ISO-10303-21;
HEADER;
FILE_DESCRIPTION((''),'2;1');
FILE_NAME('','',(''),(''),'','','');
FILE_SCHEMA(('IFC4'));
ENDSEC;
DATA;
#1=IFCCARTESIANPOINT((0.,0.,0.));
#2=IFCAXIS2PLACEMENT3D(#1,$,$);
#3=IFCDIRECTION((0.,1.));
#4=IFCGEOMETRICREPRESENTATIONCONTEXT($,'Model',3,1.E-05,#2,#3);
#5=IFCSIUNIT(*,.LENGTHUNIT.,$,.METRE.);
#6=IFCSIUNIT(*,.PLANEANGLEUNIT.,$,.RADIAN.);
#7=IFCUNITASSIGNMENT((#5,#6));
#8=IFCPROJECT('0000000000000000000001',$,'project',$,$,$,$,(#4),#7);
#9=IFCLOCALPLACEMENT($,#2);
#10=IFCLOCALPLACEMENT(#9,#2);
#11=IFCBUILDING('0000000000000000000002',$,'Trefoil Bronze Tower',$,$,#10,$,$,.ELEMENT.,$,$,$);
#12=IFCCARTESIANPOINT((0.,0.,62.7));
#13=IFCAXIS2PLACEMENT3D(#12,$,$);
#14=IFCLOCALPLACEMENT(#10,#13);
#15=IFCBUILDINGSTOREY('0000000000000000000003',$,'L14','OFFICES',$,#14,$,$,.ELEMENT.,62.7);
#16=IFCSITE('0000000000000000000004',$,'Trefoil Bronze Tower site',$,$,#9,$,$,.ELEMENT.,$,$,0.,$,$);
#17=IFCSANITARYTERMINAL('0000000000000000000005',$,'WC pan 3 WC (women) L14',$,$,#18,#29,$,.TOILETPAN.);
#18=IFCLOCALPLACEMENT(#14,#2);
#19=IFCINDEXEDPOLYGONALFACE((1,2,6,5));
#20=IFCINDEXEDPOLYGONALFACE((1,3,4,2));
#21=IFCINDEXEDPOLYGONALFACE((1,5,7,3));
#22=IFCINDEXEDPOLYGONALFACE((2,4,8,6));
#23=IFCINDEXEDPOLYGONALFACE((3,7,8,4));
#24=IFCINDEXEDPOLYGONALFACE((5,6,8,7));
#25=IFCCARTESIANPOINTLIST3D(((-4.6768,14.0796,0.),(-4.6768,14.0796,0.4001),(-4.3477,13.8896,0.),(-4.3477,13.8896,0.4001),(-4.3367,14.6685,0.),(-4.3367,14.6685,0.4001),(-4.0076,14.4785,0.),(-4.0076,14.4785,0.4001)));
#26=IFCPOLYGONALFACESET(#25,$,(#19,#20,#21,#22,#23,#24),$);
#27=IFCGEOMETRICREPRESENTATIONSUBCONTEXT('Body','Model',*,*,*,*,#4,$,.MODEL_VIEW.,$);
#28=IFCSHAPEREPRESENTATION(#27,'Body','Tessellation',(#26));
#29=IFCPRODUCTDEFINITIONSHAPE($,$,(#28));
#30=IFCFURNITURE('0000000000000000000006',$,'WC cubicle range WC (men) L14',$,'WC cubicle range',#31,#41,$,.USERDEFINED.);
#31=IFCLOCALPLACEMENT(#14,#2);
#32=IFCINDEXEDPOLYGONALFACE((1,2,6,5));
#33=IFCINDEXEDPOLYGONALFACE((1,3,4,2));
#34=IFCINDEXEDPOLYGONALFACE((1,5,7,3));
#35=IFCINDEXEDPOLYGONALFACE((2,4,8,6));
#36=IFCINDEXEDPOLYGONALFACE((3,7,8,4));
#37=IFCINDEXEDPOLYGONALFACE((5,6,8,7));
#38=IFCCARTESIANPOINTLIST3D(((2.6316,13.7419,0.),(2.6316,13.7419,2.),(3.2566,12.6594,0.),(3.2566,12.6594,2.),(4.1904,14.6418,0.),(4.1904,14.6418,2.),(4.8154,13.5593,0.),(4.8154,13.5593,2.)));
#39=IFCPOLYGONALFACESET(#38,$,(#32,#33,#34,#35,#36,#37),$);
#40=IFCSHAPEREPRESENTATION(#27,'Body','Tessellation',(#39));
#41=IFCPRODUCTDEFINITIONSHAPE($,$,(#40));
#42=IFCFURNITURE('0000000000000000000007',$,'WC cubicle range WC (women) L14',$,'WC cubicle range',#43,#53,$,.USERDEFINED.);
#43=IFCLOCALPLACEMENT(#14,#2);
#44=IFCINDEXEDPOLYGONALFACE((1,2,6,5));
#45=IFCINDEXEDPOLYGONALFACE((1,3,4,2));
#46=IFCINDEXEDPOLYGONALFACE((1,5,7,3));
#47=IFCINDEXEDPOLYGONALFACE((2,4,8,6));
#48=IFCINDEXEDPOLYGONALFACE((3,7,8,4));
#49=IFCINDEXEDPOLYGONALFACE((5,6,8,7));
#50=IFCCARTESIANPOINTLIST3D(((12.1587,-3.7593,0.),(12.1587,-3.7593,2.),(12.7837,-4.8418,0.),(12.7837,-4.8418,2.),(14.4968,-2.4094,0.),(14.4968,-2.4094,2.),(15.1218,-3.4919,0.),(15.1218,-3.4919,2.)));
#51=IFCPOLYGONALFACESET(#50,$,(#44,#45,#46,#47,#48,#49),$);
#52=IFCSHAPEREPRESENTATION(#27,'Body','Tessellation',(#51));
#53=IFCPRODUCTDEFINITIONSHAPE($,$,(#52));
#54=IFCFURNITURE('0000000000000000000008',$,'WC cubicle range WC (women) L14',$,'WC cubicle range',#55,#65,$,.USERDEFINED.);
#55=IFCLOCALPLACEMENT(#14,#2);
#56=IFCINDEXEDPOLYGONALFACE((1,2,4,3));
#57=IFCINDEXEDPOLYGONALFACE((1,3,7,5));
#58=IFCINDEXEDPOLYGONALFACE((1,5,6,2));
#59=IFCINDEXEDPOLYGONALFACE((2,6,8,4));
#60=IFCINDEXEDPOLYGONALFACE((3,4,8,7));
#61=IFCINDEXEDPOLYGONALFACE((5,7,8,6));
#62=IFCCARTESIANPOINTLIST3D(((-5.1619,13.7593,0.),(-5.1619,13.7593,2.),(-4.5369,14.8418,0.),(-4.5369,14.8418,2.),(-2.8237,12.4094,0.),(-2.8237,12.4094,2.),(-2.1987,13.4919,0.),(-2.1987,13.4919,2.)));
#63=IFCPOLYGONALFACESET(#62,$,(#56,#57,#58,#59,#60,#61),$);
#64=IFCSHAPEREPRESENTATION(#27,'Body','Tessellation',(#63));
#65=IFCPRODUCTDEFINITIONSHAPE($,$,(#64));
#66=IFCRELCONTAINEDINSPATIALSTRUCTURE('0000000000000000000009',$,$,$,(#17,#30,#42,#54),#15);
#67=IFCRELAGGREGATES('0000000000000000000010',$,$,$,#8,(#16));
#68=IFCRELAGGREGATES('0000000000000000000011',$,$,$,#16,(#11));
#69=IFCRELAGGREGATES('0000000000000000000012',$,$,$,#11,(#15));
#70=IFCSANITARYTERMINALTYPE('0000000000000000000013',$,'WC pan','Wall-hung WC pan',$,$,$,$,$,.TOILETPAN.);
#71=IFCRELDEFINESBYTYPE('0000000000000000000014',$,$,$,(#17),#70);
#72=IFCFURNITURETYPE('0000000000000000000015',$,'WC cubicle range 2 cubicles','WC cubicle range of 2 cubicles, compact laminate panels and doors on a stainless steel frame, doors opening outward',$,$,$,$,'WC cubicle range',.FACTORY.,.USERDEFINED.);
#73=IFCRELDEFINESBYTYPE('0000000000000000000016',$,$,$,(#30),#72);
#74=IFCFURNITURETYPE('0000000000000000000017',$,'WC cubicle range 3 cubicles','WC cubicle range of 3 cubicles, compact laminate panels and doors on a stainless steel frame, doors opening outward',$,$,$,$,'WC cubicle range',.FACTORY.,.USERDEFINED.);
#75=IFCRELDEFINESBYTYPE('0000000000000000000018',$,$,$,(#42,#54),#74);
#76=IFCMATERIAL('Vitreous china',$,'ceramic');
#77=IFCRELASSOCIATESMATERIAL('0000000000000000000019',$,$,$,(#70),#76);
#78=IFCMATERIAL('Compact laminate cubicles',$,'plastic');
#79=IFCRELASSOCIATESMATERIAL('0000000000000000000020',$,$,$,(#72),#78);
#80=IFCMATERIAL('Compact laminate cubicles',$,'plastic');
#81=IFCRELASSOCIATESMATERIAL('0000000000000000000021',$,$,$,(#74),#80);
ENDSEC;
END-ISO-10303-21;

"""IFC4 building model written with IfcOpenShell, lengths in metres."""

from ifc_helpers import new_model, si_unit, direction, frame, origin, place, context, subcontext, project, spatial, polyline, outline, extrude, material, type_object, element, save


model = new_model("IFC4")

# Units and contexts
model_context = context("Model", 3, precision=1e-05, world=origin(), true_north=direction((0.0, 1.0)))
body_context = subcontext(model_context, "Body", "Model", "MODEL_VIEW")
ifc_project = project(units=[si_unit("LENGTHUNIT", "METRE"), si_unit("PLANEANGLEUNIT", "RADIAN")], contexts=[model_context])

# Site, building, storey
site_placement = place(None, origin())
site = spatial("IfcSite", under=ifc_project, at=site_placement, Name="Trefoil Bronze Tower site", CompositionType="ELEMENT", RefElevation=0.0)
building_placement = place(site_placement, origin())
building = spatial("IfcBuilding", under=site, at=building_placement, Name="Trefoil Bronze Tower", CompositionType="ELEMENT")
storey_placement = place(building_placement, frame((0.0, 0.0, 62.7)))
storey = spatial("IfcBuildingStorey", under=building, at=storey_placement, Name="L14", Description="OFFICES", CompositionType="ELEMENT", Elevation=62.7)

# Sanitary terminal
ifc_material_1 = material(Name="Vitreous china", Category="ceramic")
sanitary_terminal_type_1 = type_object("IfcSanitaryTerminalType", Name="WC pan", Description="Wall-hung WC pan", PredefinedType="TOILETPAN", material=ifc_material_1)
sanitary_terminal_1_placement = place(storey_placement, origin())
element("IfcSanitaryTerminal", 1, at=sanitary_terminal_1_placement, inside=storey, type_object=sanitary_terminal_type_1, Name="WC pan 3 WC (women) L14", PredefinedType="TOILETPAN", context=body_context, shape_type="SweptSolid", body=[
    extrude(outline(polyline([(-4.3477, 13.8896), (-4.0076, 14.4785), (-4.3367, 14.6685), (-4.6768, 14.0796), (-4.3477, 13.8896)])), origin(), (0.0, 0.0, 1.0), 0.4001),
])

# Furniture
ifc_material_2 = material(Name="Compact laminate cubicles", Category="plastic")
furniture_type_1 = type_object("IfcFurnitureType", Name="WC cubicle range 2 cubicles", Description="WC cubicle range of 2 cubicles, compact laminate panels and doors on a stainless steel frame, doors opening outward", ElementType="WC cubicle range", AssemblyPlace="FACTORY", PredefinedType="USERDEFINED", material=ifc_material_2)
furniture_1_placement = place(storey_placement, origin())
element("IfcFurniture", 2, at=furniture_1_placement, inside=storey, type_object=furniture_type_1, Name="WC cubicle range WC (men) L14", ObjectType="WC cubicle range", PredefinedType="USERDEFINED", context=body_context, shape_type="SweptSolid", body=[
    extrude(outline(polyline([(3.2566, 12.6594), (2.6316, 13.7419), (4.1904, 14.6418), (4.8154, 13.5593), (3.2566, 12.6594)])), origin(), (0.0, 0.0, 1.0), 2.0),
])
ifc_material_3 = material(Name="Compact laminate cubicles", Category="plastic")
furniture_type_2 = type_object("IfcFurnitureType", Name="WC cubicle range 3 cubicles", Description="WC cubicle range of 3 cubicles, compact laminate panels and doors on a stainless steel frame, doors opening outward", ElementType="WC cubicle range", AssemblyPlace="FACTORY", PredefinedType="USERDEFINED", material=ifc_material_3)
furniture_2_placement = place(storey_placement, origin())
element("IfcFurniture", 3, at=furniture_2_placement, inside=storey, type_object=furniture_type_2, Name="WC cubicle range WC (women) L14", ObjectType="WC cubicle range", PredefinedType="USERDEFINED", context=body_context, shape_type="SweptSolid", body=[
    extrude(outline(polyline([(12.1587, -3.7593), (12.7837, -4.8418), (15.1218, -3.4919), (14.4968, -2.4094), (12.1587, -3.7593)])), origin(), (0.0, 0.0, 1.0), 2.0),
])
furniture_3_placement = place(storey_placement, origin())
element("IfcFurniture", 4, at=furniture_3_placement, inside=storey, type_object=furniture_type_2, Name="WC cubicle range WC (women) L14", ObjectType="WC cubicle range", PredefinedType="USERDEFINED", context=body_context, shape_type="SweptSolid", body=[
    extrude(outline(polyline([(-2.8237, 12.4094), (-2.1987, 13.4919), (-4.5369, 14.8418), (-5.1619, 13.7593), (-2.8237, 12.4094)])), origin(), (0.0, 0.0, 1.0), 2.0),
])

save(model, "model.ifc")
